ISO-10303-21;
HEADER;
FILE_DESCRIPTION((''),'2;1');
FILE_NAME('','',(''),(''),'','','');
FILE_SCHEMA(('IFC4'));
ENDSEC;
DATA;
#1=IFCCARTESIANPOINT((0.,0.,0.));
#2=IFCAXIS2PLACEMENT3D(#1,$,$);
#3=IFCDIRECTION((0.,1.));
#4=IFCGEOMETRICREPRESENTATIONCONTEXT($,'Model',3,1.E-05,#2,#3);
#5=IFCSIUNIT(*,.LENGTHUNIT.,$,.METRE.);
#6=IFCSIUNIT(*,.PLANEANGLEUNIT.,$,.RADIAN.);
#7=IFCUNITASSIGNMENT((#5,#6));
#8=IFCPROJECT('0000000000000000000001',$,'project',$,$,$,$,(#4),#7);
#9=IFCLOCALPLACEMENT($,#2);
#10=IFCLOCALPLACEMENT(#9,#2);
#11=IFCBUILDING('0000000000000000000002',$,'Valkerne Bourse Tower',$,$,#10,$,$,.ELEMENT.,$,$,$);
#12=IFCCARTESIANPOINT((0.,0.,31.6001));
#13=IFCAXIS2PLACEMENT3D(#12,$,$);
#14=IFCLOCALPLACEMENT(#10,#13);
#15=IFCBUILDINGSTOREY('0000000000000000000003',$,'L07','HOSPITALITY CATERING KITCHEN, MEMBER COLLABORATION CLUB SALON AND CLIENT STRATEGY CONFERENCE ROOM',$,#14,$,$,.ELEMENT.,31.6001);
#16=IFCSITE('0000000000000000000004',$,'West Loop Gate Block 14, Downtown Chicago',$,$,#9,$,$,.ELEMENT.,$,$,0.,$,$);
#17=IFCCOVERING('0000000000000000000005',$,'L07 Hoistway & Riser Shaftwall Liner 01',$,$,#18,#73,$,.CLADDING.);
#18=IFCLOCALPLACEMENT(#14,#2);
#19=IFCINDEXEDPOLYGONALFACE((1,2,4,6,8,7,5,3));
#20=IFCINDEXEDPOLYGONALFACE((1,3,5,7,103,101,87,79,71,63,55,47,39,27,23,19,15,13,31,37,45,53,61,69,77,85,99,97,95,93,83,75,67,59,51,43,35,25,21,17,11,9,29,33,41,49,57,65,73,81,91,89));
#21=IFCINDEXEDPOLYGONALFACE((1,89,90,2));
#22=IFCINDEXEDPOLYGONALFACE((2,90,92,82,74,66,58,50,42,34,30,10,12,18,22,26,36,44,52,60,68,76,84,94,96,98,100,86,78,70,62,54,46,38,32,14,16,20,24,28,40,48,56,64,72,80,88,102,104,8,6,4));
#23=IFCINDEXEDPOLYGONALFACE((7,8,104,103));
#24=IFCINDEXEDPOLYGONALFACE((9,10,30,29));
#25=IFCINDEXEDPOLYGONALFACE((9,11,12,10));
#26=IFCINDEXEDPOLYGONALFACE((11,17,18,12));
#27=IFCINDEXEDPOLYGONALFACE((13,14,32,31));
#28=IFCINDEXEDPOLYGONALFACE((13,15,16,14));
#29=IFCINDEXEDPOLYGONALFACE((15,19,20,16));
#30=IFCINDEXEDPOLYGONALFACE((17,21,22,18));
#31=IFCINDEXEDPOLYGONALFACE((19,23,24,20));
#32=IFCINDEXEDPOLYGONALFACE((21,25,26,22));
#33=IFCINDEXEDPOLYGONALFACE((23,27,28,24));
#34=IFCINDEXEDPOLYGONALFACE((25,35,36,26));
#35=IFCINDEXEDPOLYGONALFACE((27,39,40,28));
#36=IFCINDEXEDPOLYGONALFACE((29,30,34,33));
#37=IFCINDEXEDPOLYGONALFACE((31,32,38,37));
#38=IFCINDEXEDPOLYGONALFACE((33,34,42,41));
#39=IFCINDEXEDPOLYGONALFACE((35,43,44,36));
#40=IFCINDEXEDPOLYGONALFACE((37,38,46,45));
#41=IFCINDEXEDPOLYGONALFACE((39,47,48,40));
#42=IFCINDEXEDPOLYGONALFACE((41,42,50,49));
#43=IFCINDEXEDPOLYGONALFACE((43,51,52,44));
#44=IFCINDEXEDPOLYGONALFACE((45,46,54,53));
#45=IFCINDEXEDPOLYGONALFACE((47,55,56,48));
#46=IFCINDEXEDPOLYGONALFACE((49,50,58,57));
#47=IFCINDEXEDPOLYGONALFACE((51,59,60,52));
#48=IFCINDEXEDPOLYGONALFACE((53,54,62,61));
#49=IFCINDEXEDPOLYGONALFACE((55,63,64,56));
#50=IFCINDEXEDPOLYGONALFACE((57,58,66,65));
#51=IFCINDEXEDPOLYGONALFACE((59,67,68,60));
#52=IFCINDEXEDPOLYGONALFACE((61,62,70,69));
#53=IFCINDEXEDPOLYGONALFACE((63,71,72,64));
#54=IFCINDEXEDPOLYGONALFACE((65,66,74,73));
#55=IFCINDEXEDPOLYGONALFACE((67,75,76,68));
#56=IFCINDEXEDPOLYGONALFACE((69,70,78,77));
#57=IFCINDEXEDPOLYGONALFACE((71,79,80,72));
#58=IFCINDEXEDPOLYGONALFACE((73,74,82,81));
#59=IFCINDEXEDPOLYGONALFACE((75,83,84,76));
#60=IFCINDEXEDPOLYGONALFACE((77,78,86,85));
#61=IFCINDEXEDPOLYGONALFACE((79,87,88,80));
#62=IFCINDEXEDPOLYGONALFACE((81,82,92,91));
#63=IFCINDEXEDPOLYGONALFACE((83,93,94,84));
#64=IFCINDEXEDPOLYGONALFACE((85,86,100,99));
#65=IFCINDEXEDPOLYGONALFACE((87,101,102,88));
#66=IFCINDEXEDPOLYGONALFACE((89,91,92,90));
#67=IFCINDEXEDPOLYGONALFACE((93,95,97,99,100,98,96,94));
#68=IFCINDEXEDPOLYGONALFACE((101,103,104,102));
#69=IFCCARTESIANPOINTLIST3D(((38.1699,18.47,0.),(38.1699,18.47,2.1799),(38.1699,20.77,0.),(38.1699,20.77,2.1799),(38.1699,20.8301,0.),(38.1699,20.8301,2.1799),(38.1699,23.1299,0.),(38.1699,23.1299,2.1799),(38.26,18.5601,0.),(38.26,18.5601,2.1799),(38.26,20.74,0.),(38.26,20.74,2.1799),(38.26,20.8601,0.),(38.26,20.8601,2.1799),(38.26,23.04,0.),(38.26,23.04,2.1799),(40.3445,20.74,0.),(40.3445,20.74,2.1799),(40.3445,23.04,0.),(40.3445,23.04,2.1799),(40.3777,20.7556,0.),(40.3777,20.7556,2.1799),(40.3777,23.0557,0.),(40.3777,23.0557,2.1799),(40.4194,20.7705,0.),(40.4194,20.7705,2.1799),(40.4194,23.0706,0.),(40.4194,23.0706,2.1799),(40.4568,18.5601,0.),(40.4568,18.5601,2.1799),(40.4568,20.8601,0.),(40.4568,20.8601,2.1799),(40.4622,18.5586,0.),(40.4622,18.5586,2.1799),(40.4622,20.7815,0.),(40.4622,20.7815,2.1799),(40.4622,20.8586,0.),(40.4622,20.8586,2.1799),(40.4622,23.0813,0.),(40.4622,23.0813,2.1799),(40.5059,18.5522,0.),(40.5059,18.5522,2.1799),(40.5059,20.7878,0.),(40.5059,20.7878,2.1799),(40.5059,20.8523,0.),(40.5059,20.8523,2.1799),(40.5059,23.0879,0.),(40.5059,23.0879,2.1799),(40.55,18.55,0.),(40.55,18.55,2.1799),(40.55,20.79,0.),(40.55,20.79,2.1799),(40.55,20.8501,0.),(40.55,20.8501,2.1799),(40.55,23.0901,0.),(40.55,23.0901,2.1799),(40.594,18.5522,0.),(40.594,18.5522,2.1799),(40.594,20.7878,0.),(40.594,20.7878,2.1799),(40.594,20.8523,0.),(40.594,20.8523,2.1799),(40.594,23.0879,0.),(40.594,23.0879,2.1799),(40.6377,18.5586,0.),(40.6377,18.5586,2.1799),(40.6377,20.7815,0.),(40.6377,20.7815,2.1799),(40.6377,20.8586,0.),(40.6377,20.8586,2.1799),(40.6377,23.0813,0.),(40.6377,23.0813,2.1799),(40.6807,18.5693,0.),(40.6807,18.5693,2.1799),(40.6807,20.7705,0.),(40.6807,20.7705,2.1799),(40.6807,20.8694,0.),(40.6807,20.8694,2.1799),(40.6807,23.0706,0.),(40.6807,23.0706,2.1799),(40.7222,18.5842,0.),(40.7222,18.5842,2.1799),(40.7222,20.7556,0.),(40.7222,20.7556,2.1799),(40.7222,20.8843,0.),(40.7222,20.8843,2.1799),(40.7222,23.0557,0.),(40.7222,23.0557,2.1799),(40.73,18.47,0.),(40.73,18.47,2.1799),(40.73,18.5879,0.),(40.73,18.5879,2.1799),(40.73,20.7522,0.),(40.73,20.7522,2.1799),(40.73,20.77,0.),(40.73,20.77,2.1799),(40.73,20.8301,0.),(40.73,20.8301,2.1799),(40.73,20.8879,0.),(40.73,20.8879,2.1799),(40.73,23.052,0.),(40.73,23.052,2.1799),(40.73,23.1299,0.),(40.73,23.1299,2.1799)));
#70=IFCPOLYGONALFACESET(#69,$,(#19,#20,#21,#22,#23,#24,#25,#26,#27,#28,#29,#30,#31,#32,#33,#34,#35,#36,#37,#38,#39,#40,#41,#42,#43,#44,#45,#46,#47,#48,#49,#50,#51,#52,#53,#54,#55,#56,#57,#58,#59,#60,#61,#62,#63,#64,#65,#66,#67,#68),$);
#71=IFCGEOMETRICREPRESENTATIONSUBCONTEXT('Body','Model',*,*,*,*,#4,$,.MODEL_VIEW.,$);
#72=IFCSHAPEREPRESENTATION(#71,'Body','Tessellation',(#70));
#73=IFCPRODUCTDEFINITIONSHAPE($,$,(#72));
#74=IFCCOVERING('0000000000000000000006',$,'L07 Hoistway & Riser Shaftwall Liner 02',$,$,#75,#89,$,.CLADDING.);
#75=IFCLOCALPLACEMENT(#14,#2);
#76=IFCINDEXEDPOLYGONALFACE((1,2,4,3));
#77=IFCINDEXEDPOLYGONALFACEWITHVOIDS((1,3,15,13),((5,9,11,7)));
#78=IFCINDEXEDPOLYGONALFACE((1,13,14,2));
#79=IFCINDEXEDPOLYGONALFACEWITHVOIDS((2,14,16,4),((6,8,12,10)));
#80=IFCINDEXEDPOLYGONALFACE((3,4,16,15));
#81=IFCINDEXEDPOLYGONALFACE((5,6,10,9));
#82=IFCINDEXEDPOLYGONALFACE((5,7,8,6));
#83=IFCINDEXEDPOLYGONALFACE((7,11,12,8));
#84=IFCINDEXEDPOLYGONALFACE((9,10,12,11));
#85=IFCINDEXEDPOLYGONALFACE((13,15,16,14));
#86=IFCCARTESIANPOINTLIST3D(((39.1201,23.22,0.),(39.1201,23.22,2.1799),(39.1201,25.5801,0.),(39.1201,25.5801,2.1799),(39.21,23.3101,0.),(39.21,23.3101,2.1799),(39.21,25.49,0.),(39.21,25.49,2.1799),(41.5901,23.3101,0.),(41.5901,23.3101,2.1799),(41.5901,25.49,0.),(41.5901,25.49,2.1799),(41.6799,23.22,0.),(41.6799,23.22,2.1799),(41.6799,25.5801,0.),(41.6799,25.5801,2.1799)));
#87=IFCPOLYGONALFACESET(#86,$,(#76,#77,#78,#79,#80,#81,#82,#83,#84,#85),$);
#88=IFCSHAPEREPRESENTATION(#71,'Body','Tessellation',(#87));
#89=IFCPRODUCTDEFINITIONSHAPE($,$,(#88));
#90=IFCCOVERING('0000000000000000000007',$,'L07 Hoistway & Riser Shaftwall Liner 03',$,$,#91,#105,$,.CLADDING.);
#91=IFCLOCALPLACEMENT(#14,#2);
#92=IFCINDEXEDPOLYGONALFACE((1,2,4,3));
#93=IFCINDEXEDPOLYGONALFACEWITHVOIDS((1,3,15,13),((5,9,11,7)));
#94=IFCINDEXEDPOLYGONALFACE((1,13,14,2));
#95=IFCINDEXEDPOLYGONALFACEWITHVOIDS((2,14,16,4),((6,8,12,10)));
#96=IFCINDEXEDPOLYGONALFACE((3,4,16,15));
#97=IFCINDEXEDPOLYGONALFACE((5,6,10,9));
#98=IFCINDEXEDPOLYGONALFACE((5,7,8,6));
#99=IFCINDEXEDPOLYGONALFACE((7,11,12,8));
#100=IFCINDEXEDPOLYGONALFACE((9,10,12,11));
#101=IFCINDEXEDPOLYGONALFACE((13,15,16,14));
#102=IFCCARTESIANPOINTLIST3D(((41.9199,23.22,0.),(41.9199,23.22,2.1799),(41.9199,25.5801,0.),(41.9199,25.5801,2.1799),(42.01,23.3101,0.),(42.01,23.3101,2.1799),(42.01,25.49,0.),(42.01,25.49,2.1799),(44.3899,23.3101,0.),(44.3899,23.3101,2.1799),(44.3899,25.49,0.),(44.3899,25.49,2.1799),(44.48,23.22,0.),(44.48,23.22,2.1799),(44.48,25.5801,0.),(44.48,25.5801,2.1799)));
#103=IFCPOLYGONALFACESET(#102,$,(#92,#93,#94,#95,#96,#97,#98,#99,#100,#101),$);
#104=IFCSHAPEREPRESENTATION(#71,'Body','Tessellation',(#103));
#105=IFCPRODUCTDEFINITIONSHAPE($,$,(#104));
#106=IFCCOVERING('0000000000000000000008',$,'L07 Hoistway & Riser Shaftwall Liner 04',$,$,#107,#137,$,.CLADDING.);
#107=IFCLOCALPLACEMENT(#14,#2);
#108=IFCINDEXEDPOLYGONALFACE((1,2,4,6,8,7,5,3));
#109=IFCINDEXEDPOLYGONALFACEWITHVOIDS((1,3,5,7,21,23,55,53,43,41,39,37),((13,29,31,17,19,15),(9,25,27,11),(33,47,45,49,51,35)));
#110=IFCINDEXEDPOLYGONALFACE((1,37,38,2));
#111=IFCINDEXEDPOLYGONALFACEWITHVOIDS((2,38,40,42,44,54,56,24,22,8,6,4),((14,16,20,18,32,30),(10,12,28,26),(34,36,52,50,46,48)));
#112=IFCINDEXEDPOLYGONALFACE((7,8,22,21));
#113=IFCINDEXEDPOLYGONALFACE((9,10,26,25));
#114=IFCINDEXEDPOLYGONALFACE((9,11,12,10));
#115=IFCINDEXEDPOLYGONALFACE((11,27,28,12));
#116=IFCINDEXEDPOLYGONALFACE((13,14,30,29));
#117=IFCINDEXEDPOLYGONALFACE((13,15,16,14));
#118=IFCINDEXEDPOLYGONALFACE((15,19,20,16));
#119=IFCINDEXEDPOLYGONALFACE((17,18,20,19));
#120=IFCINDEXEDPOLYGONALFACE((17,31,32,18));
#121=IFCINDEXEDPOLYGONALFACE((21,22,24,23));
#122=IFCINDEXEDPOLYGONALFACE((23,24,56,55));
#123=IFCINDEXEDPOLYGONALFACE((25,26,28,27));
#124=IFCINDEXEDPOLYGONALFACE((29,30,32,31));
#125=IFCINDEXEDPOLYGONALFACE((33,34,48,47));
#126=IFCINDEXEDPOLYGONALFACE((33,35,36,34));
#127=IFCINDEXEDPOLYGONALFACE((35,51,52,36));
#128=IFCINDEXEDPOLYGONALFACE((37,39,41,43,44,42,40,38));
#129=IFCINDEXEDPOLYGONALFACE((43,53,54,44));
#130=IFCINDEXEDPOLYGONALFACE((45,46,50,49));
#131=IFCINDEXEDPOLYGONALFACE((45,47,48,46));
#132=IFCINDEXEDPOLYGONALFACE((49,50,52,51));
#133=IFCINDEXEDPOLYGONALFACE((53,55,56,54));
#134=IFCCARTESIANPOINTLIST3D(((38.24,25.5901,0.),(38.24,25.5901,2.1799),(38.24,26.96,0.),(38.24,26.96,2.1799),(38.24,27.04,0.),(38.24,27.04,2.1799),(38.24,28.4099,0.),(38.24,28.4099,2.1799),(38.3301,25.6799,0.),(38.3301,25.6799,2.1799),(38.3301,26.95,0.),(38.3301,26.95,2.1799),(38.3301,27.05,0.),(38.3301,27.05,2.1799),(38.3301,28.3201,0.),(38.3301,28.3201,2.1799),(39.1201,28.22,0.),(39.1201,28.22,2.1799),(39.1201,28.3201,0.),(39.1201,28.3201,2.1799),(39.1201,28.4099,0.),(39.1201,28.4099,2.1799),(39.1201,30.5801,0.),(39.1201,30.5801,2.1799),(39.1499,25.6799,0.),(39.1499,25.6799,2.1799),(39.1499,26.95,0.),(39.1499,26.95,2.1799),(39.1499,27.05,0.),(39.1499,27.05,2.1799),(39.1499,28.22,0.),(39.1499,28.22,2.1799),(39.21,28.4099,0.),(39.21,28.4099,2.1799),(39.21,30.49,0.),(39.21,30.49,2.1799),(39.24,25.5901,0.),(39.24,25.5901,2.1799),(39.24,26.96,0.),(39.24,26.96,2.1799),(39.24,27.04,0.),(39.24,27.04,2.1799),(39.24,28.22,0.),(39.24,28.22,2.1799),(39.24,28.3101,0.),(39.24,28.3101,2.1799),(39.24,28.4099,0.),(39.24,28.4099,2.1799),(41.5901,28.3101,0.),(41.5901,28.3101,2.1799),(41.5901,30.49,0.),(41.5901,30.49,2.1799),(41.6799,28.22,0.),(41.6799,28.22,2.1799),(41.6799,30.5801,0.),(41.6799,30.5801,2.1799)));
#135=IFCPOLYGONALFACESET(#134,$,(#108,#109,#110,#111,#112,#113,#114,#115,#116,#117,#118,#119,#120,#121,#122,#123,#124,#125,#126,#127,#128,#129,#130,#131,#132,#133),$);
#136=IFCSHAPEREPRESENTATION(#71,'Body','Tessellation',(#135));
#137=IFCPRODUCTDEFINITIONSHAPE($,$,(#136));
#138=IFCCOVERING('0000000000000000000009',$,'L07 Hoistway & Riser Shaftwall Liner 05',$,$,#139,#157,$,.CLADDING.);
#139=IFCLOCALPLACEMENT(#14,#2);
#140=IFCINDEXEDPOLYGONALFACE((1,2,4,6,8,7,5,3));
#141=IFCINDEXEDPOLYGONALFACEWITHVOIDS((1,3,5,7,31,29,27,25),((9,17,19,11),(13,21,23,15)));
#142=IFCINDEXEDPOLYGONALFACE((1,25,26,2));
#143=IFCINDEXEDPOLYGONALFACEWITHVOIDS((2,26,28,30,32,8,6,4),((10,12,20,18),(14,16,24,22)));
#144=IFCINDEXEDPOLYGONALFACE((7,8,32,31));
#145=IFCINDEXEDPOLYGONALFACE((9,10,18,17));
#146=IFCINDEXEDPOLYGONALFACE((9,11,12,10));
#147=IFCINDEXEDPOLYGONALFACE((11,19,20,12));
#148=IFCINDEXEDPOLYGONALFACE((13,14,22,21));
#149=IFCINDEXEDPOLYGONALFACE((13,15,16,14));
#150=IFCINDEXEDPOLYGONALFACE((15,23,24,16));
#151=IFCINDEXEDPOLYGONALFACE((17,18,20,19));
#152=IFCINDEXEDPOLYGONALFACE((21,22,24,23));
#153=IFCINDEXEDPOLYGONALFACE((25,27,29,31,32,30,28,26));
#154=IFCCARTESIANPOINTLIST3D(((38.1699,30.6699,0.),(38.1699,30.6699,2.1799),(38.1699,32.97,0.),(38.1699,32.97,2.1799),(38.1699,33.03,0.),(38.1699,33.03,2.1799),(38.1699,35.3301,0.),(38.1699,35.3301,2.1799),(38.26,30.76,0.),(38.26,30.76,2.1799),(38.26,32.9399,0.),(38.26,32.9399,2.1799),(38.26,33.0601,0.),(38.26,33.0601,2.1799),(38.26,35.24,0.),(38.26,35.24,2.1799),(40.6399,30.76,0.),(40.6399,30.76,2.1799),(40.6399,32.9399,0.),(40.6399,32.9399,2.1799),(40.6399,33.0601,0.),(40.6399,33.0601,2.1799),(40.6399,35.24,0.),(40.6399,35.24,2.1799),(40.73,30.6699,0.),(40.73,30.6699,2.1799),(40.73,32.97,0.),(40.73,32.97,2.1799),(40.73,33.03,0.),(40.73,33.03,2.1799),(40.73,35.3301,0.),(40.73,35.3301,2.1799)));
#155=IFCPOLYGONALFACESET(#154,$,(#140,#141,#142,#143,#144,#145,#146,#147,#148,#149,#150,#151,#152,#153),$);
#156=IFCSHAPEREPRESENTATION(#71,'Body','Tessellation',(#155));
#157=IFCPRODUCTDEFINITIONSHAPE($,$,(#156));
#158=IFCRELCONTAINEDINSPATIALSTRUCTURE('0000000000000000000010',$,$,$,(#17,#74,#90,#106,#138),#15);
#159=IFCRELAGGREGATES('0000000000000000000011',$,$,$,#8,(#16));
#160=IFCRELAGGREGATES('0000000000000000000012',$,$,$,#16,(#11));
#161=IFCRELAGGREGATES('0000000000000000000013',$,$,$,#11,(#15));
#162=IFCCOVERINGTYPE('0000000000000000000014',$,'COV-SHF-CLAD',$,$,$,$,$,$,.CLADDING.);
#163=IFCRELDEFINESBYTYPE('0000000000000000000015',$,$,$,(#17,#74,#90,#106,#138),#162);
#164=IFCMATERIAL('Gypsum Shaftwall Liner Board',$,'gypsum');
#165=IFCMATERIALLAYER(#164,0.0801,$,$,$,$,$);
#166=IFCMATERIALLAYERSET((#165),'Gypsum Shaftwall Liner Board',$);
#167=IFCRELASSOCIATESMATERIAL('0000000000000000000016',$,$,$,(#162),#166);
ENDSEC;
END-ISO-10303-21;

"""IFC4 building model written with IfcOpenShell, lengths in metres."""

from ifc_helpers import new_model, si_unit, direction, frame, origin, place, context, subcontext, project, spatial, polyline, outline, extrude, material, layer, layer_set, type_object, element, save


model = new_model("IFC4")

# Units and contexts
model_context = context("Model", 3, precision=1e-05, world=origin(), true_north=direction((0.0, 1.0)))
body_context = subcontext(model_context, "Body", "Model", "MODEL_VIEW")
ifc_project = project(units=[si_unit("LENGTHUNIT", "METRE"), si_unit("PLANEANGLEUNIT", "RADIAN")], contexts=[model_context])

# Site, building, storey
site_placement = place(None, origin())
site = spatial("IfcSite", under=ifc_project, at=site_placement, Name="West Loop Gate Block 14, Downtown Chicago", CompositionType="ELEMENT", RefElevation=0.0)
building_placement = place(site_placement, origin())
building = spatial("IfcBuilding", under=site, at=building_placement, Name="Valkerne Bourse Tower", CompositionType="ELEMENT")
storey_placement = place(building_placement, frame((0.0, 0.0, 31.6001)))
storey = spatial("IfcBuildingStorey", under=building, at=storey_placement, Name="L07", Description="HOSPITALITY CATERING KITCHEN, MEMBER COLLABORATION CLUB SALON AND CLIENT STRATEGY CONFERENCE ROOM", CompositionType="ELEMENT", Elevation=31.6001)

# Coverings
ifc_material_1 = material(Name="Gypsum Shaftwall Liner Board", Category="gypsum")
ifc_layer_1 = layer(ifc_material_1, 0.0801)
ifc_layer_set_1 = layer_set([ifc_layer_1], Name="Gypsum Shaftwall Liner Board")
covering_type_1 = type_object("IfcCoveringType", Name="COV-SHF-CLAD", PredefinedType="CLADDING", material=ifc_layer_set_1)
covering_1_placement = place(storey_placement, origin())
element("IfcCovering", 1, at=covering_1_placement, inside=storey, type_object=covering_type_1, Name="L07 Hoistway & Riser Shaftwall Liner 01", PredefinedType="CLADDING", context=body_context, shape_type="SweptSolid", body=[
    extrude(outline(polyline([(38.1699, 23.1299), (40.73, 23.1299), (40.73, 23.052), (40.7222, 23.0557), (40.6807, 23.0706), (40.6377, 23.0813), (40.594, 23.0879), (40.55, 23.0901), (40.5059, 23.0879), (40.4622, 23.0813), (40.4194, 23.0706), (40.3777, 23.0557), (40.3445, 23.04), (38.26, 23.04), (38.26, 20.8601), (40.4568, 20.8601), (40.4622, 20.8586), (40.5059, 20.8523), (40.55, 20.8501), (40.594, 20.8523), (40.6377, 20.8586), (40.6807, 20.8694), (40.7222, 20.8843), (40.73, 20.8879), (40.73, 20.8301), (40.73, 20.77), (40.73, 20.7522), (40.7222, 20.7556), (40.6807, 20.7705), (40.6377, 20.7815), (40.594, 20.7878), (40.55, 20.79), (40.5059, 20.7878), (40.4622, 20.7815), (40.4194, 20.7705), (40.3777, 20.7556), (40.3445, 20.74), (38.26, 20.74), (38.26, 18.5601), (40.4568, 18.5601), (40.4622, 18.5586), (40.5059, 18.5522), (40.55, 18.55), (40.594, 18.5522), (40.6377, 18.5586), (40.6807, 18.5693), (40.7222, 18.5842), (40.73, 18.5879), (40.73, 18.47), (38.1699, 18.47), (38.1699, 20.77), (38.1699, 20.8301), (38.1699, 23.1299)])), origin(), (0.0, 0.0, 1.0), 2.1799),
])
covering_2_placement = place(storey_placement, origin())
element("IfcCovering", 2, at=covering_2_placement, inside=storey, type_object=covering_type_1, Name="L07 Hoistway & Riser Shaftwall Liner 02", PredefinedType="CLADDING", context=body_context, shape_type="SweptSolid", body=[
    extrude(outline(polyline([(41.6799, 23.22), (39.1201, 23.22), (39.1201, 25.5801), (41.6799, 25.5801), (41.6799, 23.22)]), holes=[polyline([(39.21, 25.49), (39.21, 23.3101), (41.5901, 23.3101), (41.5901, 25.49), (39.21, 25.49)])]), origin(), (0.0, 0.0, 1.0), 2.1799),
])
covering_3_placement = place(storey_placement, origin())
element("IfcCovering", 3, at=covering_3_placement, inside=storey, type_object=covering_type_1, Name="L07 Hoistway & Riser Shaftwall Liner 03", PredefinedType="CLADDING", context=body_context, shape_type="SweptSolid", body=[
    extrude(outline(polyline([(44.48, 23.22), (41.9199, 23.22), (41.9199, 25.5801), (44.48, 25.5801), (44.48, 23.22)]), holes=[polyline([(42.01, 25.49), (42.01, 23.3101), (44.3899, 23.3101), (44.3899, 25.49), (42.01, 25.49)])]), origin(), (0.0, 0.0, 1.0), 2.1799),
])
covering_4_placement = place(storey_placement, origin())
element("IfcCovering", 4, at=covering_4_placement, inside=storey, type_object=covering_type_1, Name="L07 Hoistway & Riser Shaftwall Liner 04", PredefinedType="CLADDING", context=body_context, shape_type="SweptSolid", body=[
    extrude(outline(polyline([(38.24, 28.4099), (39.1201, 28.4099), (39.1201, 30.5801), (41.6799, 30.5801), (41.6799, 28.22), (39.24, 28.22), (39.24, 27.04), (39.24, 26.96), (39.24, 25.5901), (38.24, 25.5901), (38.24, 26.96), (38.24, 27.04), (38.24, 28.4099)]), holes=[polyline([(39.21, 30.49), (39.21, 28.4099), (39.24, 28.4099), (39.24, 28.3101), (41.5901, 28.3101), (41.5901, 30.49), (39.21, 30.49)]), polyline([(38.3301, 26.95), (38.3301, 25.6799), (39.1499, 25.6799), (39.1499, 26.95), (38.3301, 26.95)]), polyline([(39.1201, 28.22), (39.1201, 28.3201), (38.3301, 28.3201), (38.3301, 27.05), (39.1499, 27.05), (39.1499, 28.22), (39.1201, 28.22)])]), origin(), (0.0, 0.0, 1.0), 2.1799),
])
covering_5_placement = place(storey_placement, origin())
element("IfcCovering", 5, at=covering_5_placement, inside=storey, type_object=covering_type_1, Name="L07 Hoistway & Riser Shaftwall Liner 05", PredefinedType="CLADDING", context=body_context, shape_type="SweptSolid", body=[
    extrude(outline(polyline([(38.1699, 35.3301), (40.73, 35.3301), (40.73, 33.03), (40.73, 32.97), (40.73, 30.6699), (38.1699, 30.6699), (38.1699, 32.97), (38.1699, 33.03), (38.1699, 35.3301)]), holes=[polyline([(38.26, 32.9399), (38.26, 30.76), (40.6399, 30.76), (40.6399, 32.9399), (38.26, 32.9399)]), polyline([(38.26, 35.24), (38.26, 33.0601), (40.6399, 33.0601), (40.6399, 35.24), (38.26, 35.24)])]), origin(), (0.0, 0.0, 1.0), 2.1799),
])

save(model, "model.ifc")
